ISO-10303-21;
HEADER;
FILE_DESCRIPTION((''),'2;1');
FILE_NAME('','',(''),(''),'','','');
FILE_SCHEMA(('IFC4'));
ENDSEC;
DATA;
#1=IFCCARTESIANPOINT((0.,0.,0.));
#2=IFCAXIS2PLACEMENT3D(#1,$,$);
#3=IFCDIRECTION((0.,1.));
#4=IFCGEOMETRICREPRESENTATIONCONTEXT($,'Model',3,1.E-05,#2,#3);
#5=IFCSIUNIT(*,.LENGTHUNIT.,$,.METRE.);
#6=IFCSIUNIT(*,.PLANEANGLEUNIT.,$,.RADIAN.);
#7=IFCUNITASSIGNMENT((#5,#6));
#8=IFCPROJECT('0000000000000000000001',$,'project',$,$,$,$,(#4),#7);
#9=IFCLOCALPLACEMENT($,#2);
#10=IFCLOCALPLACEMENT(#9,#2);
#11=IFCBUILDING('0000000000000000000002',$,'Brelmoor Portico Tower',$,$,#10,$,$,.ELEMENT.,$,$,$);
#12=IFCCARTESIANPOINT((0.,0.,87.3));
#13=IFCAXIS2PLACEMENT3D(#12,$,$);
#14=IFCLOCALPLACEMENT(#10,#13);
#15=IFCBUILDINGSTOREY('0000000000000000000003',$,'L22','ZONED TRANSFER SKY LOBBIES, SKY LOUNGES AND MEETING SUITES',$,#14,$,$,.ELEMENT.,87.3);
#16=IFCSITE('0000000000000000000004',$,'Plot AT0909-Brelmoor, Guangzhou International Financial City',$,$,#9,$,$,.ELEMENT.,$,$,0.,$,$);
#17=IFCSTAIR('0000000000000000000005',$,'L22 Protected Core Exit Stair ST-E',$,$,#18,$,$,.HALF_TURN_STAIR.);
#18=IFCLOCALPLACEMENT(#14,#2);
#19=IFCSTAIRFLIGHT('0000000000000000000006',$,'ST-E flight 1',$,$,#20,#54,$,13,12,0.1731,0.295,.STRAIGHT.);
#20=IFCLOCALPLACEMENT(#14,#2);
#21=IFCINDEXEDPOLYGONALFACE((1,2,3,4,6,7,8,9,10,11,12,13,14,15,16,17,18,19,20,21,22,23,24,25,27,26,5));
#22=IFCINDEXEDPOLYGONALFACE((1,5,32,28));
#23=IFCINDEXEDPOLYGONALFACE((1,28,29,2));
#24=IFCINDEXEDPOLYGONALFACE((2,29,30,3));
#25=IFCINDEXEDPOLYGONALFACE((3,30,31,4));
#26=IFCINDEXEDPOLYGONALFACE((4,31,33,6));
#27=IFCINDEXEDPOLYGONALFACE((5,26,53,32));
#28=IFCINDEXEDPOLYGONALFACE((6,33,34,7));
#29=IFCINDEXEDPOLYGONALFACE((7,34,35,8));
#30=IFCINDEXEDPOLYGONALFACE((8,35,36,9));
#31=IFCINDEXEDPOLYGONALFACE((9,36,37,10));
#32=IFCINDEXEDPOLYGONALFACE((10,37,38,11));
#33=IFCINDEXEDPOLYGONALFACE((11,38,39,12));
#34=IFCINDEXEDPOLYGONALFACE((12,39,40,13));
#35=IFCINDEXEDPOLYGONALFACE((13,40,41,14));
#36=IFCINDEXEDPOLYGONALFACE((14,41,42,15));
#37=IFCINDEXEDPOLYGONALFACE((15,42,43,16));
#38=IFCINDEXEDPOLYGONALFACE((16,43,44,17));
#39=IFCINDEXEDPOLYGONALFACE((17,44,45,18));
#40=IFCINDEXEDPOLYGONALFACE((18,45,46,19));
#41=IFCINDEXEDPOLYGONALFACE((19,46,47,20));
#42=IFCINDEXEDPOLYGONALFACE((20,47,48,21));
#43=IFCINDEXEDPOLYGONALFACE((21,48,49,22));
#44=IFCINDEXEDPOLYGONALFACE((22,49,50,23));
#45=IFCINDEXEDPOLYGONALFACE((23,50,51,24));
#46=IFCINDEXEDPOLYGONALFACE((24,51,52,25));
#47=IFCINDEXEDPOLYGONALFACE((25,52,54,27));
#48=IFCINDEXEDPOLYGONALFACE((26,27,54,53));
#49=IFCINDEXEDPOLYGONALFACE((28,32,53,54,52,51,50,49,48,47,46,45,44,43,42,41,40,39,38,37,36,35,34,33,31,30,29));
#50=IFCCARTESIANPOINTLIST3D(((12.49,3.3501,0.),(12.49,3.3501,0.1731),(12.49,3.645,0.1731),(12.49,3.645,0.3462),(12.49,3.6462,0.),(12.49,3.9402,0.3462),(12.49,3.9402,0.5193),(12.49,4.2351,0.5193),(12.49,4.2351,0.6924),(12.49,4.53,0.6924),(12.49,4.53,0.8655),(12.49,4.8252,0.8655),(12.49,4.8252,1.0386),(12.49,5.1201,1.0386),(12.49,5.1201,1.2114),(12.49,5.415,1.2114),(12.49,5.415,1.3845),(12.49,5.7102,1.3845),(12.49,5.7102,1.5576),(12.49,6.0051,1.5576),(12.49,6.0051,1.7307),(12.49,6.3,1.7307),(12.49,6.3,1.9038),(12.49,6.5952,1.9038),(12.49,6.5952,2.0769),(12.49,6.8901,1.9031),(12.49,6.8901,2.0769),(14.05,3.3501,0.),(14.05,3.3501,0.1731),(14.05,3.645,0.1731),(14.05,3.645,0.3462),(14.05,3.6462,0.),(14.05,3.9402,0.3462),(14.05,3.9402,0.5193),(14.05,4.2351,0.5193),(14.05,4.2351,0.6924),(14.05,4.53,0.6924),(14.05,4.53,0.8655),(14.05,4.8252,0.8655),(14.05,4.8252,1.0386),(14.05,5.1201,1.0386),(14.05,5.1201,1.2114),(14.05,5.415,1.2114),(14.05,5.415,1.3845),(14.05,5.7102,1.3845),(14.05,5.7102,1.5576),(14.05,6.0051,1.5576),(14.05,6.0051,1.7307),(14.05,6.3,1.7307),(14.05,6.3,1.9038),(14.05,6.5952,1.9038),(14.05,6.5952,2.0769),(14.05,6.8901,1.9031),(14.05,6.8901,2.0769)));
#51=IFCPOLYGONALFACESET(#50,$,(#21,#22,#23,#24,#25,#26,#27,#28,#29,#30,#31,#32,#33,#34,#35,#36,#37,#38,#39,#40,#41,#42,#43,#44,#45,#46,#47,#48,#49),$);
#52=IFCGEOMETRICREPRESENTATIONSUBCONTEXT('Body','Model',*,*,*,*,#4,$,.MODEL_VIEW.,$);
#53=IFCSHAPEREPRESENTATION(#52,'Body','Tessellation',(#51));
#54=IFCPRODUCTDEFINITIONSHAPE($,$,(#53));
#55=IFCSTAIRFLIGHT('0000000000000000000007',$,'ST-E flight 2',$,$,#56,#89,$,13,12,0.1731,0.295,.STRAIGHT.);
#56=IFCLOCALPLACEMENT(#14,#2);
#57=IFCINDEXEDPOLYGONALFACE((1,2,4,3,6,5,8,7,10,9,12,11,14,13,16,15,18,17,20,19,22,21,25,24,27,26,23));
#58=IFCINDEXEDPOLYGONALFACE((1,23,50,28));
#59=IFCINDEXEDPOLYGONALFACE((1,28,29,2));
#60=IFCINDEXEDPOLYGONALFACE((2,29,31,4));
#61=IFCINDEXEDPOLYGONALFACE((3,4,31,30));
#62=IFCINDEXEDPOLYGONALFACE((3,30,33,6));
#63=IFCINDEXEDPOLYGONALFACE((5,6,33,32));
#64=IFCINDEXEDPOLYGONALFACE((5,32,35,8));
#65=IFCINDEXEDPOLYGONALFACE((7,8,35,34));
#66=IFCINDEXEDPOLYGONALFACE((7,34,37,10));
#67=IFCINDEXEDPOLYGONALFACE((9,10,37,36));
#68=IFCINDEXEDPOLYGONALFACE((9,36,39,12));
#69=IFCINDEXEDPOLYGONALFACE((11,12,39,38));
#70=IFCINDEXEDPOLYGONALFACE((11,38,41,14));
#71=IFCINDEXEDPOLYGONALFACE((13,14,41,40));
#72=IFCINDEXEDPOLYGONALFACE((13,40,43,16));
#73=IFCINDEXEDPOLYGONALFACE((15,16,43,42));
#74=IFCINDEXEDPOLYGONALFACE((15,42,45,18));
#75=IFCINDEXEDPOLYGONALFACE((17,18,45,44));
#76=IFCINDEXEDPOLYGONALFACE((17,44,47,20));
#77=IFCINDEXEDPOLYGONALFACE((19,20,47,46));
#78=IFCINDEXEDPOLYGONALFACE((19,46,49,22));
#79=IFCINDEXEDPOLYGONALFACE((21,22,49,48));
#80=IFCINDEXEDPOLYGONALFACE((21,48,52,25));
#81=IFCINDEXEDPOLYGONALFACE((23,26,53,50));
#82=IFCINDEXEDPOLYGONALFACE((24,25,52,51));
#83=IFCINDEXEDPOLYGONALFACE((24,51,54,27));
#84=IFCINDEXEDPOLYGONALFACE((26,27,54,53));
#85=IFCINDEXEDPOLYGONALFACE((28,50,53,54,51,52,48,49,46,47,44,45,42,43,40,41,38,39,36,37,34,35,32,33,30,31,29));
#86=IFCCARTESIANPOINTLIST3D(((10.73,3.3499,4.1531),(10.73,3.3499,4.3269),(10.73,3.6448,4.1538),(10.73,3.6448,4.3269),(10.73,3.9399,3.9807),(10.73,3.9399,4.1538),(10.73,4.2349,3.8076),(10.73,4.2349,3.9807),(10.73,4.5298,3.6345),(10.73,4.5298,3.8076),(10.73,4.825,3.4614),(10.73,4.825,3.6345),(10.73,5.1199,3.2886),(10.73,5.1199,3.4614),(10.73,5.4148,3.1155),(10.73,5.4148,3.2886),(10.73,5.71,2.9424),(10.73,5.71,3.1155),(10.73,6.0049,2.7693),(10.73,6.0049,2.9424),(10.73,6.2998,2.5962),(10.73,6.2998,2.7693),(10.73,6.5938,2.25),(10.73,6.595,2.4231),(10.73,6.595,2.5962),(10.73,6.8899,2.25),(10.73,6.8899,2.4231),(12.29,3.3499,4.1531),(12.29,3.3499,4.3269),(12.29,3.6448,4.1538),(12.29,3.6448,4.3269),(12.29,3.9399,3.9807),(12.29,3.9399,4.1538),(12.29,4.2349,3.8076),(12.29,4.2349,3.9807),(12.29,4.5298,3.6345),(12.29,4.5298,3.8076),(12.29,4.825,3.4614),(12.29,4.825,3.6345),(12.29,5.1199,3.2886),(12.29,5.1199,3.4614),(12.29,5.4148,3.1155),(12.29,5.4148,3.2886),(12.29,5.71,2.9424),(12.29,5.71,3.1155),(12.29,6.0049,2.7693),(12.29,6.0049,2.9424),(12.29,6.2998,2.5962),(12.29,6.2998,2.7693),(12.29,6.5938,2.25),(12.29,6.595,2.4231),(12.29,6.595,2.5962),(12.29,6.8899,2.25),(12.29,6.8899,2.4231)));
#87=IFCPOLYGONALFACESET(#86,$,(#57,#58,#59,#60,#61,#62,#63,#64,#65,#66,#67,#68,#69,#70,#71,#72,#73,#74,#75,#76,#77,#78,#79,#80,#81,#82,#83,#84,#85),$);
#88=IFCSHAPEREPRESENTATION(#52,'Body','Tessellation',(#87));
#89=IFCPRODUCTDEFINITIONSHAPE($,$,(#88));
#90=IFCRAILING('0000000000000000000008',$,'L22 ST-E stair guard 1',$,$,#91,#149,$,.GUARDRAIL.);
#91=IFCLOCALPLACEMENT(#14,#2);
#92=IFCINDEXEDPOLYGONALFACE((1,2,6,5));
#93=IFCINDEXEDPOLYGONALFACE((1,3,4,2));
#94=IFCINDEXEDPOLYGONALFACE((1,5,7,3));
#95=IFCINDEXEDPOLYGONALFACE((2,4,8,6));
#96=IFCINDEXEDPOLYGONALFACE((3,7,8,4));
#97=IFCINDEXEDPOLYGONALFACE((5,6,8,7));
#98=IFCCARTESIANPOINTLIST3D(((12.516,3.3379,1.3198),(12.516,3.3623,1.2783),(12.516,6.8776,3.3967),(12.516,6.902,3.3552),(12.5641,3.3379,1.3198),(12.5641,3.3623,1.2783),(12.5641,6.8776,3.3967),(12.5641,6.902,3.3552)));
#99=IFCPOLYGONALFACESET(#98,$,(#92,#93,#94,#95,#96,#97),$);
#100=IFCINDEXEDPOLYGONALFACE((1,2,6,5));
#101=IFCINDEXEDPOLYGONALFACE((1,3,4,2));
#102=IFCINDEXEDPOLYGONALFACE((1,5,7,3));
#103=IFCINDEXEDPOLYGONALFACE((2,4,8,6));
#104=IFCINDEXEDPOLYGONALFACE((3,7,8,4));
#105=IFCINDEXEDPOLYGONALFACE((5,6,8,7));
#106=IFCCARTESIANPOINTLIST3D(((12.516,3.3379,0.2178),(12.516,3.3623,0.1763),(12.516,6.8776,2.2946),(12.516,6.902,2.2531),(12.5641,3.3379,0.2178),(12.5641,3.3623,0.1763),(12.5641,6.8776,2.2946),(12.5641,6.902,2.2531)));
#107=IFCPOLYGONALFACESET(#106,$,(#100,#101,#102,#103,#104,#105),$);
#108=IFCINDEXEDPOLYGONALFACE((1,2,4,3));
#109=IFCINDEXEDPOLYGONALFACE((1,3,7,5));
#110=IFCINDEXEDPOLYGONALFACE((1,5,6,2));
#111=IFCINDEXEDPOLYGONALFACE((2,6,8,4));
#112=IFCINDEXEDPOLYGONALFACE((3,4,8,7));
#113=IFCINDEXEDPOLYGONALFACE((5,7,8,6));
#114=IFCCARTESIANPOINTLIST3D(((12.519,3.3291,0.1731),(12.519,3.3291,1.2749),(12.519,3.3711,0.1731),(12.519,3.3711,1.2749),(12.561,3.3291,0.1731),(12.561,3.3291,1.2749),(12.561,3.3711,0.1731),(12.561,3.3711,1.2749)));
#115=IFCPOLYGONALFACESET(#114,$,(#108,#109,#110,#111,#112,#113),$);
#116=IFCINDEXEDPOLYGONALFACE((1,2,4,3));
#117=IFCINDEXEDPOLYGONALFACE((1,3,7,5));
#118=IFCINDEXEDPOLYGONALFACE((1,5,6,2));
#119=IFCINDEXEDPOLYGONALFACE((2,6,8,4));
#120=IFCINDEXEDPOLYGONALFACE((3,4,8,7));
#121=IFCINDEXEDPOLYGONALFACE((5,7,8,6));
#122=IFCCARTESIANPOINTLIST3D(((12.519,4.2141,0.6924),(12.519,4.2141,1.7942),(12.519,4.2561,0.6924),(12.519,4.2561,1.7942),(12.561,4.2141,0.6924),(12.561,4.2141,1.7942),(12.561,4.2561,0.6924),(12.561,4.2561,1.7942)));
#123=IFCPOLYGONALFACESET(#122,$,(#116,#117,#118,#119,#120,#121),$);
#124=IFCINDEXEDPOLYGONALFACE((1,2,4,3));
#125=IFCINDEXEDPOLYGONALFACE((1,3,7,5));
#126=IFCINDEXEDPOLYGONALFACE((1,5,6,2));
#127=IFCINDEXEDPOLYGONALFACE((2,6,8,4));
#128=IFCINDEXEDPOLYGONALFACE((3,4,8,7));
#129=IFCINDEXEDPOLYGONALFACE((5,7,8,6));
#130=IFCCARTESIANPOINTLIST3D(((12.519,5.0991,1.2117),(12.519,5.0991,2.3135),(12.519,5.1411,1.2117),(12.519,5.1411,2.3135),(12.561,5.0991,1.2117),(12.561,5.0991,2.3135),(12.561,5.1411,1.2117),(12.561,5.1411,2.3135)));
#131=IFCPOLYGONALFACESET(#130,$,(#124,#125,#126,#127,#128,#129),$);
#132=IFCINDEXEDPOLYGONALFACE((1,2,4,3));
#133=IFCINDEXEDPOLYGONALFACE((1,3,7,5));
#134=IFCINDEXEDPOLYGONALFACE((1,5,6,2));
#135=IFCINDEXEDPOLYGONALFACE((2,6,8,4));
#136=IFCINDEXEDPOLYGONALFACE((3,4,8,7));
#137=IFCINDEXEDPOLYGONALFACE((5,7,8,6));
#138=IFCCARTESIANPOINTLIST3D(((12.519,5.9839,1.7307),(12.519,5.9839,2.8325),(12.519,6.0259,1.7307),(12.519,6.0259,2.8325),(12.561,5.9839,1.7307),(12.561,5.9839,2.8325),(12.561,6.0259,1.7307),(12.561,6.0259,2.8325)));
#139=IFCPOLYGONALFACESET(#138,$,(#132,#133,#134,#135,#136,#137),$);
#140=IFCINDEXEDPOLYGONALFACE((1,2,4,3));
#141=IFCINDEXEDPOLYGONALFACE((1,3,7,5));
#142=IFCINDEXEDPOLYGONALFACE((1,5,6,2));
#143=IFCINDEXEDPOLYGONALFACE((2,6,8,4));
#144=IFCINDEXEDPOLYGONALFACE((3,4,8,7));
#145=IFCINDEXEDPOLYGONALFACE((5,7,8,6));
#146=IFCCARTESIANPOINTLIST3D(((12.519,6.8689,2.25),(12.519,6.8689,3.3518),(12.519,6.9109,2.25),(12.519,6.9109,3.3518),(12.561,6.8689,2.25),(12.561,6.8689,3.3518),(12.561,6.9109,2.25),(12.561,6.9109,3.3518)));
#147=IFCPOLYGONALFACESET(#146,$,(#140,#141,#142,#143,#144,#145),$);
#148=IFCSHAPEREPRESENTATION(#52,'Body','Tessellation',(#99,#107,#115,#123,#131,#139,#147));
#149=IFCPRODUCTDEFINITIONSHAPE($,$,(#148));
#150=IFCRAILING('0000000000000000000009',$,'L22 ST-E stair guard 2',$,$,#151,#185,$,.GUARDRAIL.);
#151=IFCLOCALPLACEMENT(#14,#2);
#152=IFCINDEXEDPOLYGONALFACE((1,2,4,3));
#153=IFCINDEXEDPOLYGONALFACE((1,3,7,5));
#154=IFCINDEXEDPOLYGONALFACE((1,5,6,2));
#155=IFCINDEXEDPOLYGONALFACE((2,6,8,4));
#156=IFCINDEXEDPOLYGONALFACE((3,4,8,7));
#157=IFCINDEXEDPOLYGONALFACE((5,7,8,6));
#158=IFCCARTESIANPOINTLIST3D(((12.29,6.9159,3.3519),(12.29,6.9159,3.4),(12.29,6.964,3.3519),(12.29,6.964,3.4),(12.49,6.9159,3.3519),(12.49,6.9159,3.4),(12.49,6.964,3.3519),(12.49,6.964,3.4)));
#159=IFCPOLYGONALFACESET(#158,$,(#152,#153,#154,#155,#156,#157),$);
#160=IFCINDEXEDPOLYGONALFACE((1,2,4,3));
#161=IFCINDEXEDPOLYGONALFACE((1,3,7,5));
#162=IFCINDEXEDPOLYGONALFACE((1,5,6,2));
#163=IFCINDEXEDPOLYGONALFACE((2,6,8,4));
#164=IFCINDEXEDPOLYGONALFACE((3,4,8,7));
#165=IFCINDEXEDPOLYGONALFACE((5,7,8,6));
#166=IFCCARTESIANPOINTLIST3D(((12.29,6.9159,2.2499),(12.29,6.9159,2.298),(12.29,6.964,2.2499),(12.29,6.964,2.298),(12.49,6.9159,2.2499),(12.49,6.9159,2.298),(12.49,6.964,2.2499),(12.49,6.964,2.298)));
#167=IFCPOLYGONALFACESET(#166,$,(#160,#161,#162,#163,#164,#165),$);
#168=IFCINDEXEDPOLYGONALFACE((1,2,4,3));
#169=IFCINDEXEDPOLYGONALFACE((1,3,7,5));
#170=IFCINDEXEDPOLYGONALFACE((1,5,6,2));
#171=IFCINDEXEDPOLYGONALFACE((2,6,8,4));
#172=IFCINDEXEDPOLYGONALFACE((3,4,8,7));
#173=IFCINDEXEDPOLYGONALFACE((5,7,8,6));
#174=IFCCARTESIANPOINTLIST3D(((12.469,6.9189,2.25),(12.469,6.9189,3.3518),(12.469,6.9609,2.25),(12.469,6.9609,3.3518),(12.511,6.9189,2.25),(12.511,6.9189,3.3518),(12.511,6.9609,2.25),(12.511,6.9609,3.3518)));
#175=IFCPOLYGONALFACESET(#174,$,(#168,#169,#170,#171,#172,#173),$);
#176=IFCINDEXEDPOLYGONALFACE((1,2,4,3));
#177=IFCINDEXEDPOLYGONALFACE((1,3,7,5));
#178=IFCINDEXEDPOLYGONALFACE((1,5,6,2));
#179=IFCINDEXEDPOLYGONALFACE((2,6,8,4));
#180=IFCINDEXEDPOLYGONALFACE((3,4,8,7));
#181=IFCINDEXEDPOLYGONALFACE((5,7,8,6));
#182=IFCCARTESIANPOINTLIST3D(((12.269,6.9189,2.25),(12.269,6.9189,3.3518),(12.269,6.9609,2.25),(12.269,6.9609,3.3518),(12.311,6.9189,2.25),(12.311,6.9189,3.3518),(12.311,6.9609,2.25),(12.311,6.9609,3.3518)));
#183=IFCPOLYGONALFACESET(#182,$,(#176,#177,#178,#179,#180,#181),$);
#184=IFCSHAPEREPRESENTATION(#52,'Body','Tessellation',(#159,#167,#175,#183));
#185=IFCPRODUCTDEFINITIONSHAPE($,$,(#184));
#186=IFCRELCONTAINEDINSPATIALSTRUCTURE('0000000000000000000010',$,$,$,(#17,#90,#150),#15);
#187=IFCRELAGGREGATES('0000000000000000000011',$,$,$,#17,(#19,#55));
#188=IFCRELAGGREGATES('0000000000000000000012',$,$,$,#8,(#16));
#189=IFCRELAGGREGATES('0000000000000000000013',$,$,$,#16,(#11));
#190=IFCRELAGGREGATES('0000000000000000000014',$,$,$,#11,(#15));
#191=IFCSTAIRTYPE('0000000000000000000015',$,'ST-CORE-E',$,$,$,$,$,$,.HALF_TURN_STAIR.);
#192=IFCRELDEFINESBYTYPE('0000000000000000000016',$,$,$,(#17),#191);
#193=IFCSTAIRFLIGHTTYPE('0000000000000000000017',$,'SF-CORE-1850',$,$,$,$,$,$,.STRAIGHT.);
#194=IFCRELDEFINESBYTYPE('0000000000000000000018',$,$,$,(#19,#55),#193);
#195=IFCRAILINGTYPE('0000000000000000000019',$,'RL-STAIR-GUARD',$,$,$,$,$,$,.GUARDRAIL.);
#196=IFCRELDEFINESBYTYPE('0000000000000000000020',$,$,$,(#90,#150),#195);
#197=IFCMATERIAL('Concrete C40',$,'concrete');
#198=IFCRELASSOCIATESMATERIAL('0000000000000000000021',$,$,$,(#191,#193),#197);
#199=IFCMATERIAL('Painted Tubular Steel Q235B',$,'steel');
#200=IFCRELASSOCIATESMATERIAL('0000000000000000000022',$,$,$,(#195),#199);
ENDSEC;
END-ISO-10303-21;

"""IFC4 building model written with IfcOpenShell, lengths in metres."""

from ifc_helpers import new_model, si_unit, direction, frame, origin, origin_2d, place, context, subcontext, project, spatial, polyline, rectangle, outline, extrude, material, type_object, element, aggregate, save


model = new_model("IFC4")

# Units and contexts
model_context = context("Model", 3, precision=1e-05, world=origin(), true_north=direction((0.0, 1.0)))
body_context = subcontext(model_context, "Body", "Model", "MODEL_VIEW")
ifc_project = project(units=[si_unit("LENGTHUNIT", "METRE"), si_unit("PLANEANGLEUNIT", "RADIAN")], contexts=[model_context])

# Site, building, storey
site_placement = place(None, origin())
site = spatial("IfcSite", under=ifc_project, at=site_placement, Name="Plot AT0909-Brelmoor, Guangzhou International Financial City", CompositionType="ELEMENT", RefElevation=0.0)
building_placement = place(site_placement, origin())
building = spatial("IfcBuilding", under=site, at=building_placement, Name="Brelmoor Portico Tower", CompositionType="ELEMENT")
storey_placement = place(building_placement, frame((0.0, 0.0, 87.3)))
storey = spatial("IfcBuildingStorey", under=building, at=storey_placement, Name="L22", Description="ZONED TRANSFER SKY LOBBIES, SKY LOUNGES AND MEETING SUITES", CompositionType="ELEMENT", Elevation=87.3)

# Shared definitions
ifc_material_1 = material(Name="Concrete C40", Category="concrete")

# Stair, stair flights
stair_type = type_object("IfcStairType", Name="ST-CORE-E", PredefinedType="HALF_TURN_STAIR", material=ifc_material_1)
stair_placement = place(storey_placement, origin())
stair = element("IfcStair", 1, at=stair_placement, inside=storey, type_object=stair_type, Name="L22 Protected Core Exit Stair ST-E", PredefinedType="HALF_TURN_STAIR")
stair_flight_type = type_object("IfcStairFlightType", Name="SF-CORE-1850", PredefinedType="STRAIGHT", material=ifc_material_1)
stair_flight_1_placement = place(storey_placement, frame((13.27, 3.3501, 0.0), z_axis=(0.0, 0.0, 1.0), x_axis=(0.0, 1.0, 0.0)))
stair_flight_1 = element("IfcStairFlight", 2, at=stair_flight_1_placement, type_object=stair_flight_type, Name="ST-E flight 1", NumberOfRisers=13, NumberOfTreads=12, PredefinedType="STRAIGHT", RiserHeight=0.1731, TreadLength=0.295, context=body_context, shape_type="SweptSolid", body=[
    extrude(outline(polyline([(0.0, 0.0), (0.0, 0.1731), (0.2949, 0.1731), (0.2949, 0.3462), (0.5901, 0.3462), (0.5901, 0.5193), (0.885, 0.5193), (0.885, 0.6924), (1.1799, 0.6924), (1.1799, 0.8655), (1.4751, 0.8655), (1.4751, 1.0386), (1.77, 1.0386), (1.77, 1.2114), (2.0649, 1.2114), (2.0649, 1.3845), (2.3601, 1.3845), (2.3601, 1.5576), (2.655, 1.5576), (2.655, 1.7307), (2.95, 1.7307), (2.95, 1.9038), (3.2451, 1.9038), (3.2451, 2.0769), (3.54, 2.0769), (3.54, 2.25), (3.54, 1.9031), (0.2961, 0.0), (0.0, 0.0)])), frame((0.0, 0.78, 0.0), z_axis=(0.0, -1.0, 0.0), x_axis=(1.0, 0.0, 0.0)), (0.0, 0.0, 1.0), 1.5601),
])
stair_flight_2_placement = place(storey_placement, frame((11.51, 6.8899, 2.25), z_axis=(0.0, 0.0, 1.0), x_axis=(0.0, -1.0, 0.0)))
stair_flight_2 = element("IfcStairFlight", 3, at=stair_flight_2_placement, type_object=stair_flight_type, Name="ST-E flight 2", NumberOfRisers=13, NumberOfTreads=12, PredefinedType="STRAIGHT", RiserHeight=0.1731, TreadLength=0.295, context=body_context, shape_type="SweptSolid", body=[
    extrude(outline(polyline([(0.0, 0.0), (0.0, 0.1731), (0.2949, 0.1731), (0.2949, 0.3462), (0.5901, 0.3462), (0.5901, 0.5193), (0.885, 0.5193), (0.885, 0.6924), (1.1799, 0.6924), (1.1799, 0.8655), (1.4751, 0.8655), (1.4751, 1.0386), (1.77, 1.0386), (1.77, 1.2114), (2.0649, 1.2114), (2.0649, 1.3845), (2.3601, 1.3845), (2.3601, 1.5576), (2.655, 1.5576), (2.655, 1.7307), (2.95, 1.7307), (2.95, 1.9038), (3.2451, 1.9038), (3.2451, 2.0769), (3.54, 2.0769), (3.54, 2.25), (3.54, 1.9031), (0.2961, 0.0), (0.0, 0.0)])), frame((0.0, 0.78, 0.0), z_axis=(0.0, -1.0, 0.0), x_axis=(1.0, 0.0, 0.0)), (0.0, 0.0, 1.0), 1.5601),
])
aggregate(stair, [stair_flight_1, stair_flight_2])

# Railings
ifc_material_2 = material(Name="Painted Tubular Steel Q235B", Category="steel")
railing_type_1 = type_object("IfcRailingType", Name="RL-STAIR-GUARD", PredefinedType="GUARDRAIL", material=ifc_material_2)
railing_1_placement = place(storey_placement, frame((12.54, 3.3501, 0.1731)))
element("IfcRailing", 4, at=railing_1_placement, inside=storey, type_object=railing_type_1, Name="L22 ST-E stair guard 1", PredefinedType="GUARDRAIL", context=body_context, shape_type="SweptSolid", body=[
    extrude(rectangle(XDim=0.0481, YDim=0.0481, at=origin_2d()), frame((0.0, 0.0, 1.126), z_axis=(0.0, 0.862501, 0.506055), x_axis=(-1.0, 0.0, 0.0)), (0.0, 0.0, 1.0), 4.104),
    extrude(rectangle(XDim=0.0481, YDim=0.0481, at=origin_2d()), frame((0.0, 0.0, 0.0239), z_axis=(0.0, 0.862501, 0.506055), x_axis=(-1.0, 0.0, 0.0)), (0.0, 0.0, 1.0), 4.104),
    extrude(rectangle(XDim=0.042, YDim=0.042, at=origin_2d()), origin(), (0.0, 0.0, 1.0), 1.1018),
    extrude(rectangle(XDim=0.042, YDim=0.042, at=origin_2d()), frame((0.0, 0.885, 0.5193)), (0.0, 0.0, 1.0), 1.1018),
    extrude(rectangle(XDim=0.042, YDim=0.042, at=origin_2d()), frame((0.0, 1.77, 1.0386)), (0.0, 0.0, 1.0), 1.1018),
    extrude(rectangle(XDim=0.042, YDim=0.042, at=origin_2d()), frame((0.0, 2.6548, 1.5576)), (0.0, 0.0, 1.0), 1.1018),
    extrude(rectangle(XDim=0.042, YDim=0.042, at=origin_2d()), frame((0.0, 3.5398, 2.0769)), (0.0, 0.0, 1.0), 1.1018),
])
railing_2_placement = place(storey_placement, frame((12.49, 6.9399, 2.25)))
element("IfcRailing", 5, at=railing_2_placement, inside=storey, type_object=railing_type_1, Name="L22 ST-E stair guard 2", PredefinedType="GUARDRAIL", context=body_context, shape_type="SweptSolid", body=[
    extrude(rectangle(XDim=0.0481, YDim=0.0481, at=origin_2d()), frame((0.0, 0.0, 1.126), z_axis=(-1.0, 0.0, 0.0), x_axis=(0.0, -1.0, 0.0)), (0.0, 0.0, 1.0), 0.2),
    extrude(rectangle(XDim=0.0481, YDim=0.0481, at=origin_2d()), frame((0.0, 0.0, 0.0239), z_axis=(-1.0, 0.0, 0.0), x_axis=(0.0, -1.0, 0.0)), (0.0, 0.0, 1.0), 0.2),
    extrude(rectangle(XDim=0.042, YDim=0.042, at=origin_2d()), origin(), (0.0, 0.0, 1.0), 1.1018),
    extrude(rectangle(XDim=0.042, YDim=0.042, at=origin_2d()), frame((-0.2, 0.0, 0.0)), (0.0, 0.0, 1.0), 1.1018),
])

save(model, "model.ifc")
